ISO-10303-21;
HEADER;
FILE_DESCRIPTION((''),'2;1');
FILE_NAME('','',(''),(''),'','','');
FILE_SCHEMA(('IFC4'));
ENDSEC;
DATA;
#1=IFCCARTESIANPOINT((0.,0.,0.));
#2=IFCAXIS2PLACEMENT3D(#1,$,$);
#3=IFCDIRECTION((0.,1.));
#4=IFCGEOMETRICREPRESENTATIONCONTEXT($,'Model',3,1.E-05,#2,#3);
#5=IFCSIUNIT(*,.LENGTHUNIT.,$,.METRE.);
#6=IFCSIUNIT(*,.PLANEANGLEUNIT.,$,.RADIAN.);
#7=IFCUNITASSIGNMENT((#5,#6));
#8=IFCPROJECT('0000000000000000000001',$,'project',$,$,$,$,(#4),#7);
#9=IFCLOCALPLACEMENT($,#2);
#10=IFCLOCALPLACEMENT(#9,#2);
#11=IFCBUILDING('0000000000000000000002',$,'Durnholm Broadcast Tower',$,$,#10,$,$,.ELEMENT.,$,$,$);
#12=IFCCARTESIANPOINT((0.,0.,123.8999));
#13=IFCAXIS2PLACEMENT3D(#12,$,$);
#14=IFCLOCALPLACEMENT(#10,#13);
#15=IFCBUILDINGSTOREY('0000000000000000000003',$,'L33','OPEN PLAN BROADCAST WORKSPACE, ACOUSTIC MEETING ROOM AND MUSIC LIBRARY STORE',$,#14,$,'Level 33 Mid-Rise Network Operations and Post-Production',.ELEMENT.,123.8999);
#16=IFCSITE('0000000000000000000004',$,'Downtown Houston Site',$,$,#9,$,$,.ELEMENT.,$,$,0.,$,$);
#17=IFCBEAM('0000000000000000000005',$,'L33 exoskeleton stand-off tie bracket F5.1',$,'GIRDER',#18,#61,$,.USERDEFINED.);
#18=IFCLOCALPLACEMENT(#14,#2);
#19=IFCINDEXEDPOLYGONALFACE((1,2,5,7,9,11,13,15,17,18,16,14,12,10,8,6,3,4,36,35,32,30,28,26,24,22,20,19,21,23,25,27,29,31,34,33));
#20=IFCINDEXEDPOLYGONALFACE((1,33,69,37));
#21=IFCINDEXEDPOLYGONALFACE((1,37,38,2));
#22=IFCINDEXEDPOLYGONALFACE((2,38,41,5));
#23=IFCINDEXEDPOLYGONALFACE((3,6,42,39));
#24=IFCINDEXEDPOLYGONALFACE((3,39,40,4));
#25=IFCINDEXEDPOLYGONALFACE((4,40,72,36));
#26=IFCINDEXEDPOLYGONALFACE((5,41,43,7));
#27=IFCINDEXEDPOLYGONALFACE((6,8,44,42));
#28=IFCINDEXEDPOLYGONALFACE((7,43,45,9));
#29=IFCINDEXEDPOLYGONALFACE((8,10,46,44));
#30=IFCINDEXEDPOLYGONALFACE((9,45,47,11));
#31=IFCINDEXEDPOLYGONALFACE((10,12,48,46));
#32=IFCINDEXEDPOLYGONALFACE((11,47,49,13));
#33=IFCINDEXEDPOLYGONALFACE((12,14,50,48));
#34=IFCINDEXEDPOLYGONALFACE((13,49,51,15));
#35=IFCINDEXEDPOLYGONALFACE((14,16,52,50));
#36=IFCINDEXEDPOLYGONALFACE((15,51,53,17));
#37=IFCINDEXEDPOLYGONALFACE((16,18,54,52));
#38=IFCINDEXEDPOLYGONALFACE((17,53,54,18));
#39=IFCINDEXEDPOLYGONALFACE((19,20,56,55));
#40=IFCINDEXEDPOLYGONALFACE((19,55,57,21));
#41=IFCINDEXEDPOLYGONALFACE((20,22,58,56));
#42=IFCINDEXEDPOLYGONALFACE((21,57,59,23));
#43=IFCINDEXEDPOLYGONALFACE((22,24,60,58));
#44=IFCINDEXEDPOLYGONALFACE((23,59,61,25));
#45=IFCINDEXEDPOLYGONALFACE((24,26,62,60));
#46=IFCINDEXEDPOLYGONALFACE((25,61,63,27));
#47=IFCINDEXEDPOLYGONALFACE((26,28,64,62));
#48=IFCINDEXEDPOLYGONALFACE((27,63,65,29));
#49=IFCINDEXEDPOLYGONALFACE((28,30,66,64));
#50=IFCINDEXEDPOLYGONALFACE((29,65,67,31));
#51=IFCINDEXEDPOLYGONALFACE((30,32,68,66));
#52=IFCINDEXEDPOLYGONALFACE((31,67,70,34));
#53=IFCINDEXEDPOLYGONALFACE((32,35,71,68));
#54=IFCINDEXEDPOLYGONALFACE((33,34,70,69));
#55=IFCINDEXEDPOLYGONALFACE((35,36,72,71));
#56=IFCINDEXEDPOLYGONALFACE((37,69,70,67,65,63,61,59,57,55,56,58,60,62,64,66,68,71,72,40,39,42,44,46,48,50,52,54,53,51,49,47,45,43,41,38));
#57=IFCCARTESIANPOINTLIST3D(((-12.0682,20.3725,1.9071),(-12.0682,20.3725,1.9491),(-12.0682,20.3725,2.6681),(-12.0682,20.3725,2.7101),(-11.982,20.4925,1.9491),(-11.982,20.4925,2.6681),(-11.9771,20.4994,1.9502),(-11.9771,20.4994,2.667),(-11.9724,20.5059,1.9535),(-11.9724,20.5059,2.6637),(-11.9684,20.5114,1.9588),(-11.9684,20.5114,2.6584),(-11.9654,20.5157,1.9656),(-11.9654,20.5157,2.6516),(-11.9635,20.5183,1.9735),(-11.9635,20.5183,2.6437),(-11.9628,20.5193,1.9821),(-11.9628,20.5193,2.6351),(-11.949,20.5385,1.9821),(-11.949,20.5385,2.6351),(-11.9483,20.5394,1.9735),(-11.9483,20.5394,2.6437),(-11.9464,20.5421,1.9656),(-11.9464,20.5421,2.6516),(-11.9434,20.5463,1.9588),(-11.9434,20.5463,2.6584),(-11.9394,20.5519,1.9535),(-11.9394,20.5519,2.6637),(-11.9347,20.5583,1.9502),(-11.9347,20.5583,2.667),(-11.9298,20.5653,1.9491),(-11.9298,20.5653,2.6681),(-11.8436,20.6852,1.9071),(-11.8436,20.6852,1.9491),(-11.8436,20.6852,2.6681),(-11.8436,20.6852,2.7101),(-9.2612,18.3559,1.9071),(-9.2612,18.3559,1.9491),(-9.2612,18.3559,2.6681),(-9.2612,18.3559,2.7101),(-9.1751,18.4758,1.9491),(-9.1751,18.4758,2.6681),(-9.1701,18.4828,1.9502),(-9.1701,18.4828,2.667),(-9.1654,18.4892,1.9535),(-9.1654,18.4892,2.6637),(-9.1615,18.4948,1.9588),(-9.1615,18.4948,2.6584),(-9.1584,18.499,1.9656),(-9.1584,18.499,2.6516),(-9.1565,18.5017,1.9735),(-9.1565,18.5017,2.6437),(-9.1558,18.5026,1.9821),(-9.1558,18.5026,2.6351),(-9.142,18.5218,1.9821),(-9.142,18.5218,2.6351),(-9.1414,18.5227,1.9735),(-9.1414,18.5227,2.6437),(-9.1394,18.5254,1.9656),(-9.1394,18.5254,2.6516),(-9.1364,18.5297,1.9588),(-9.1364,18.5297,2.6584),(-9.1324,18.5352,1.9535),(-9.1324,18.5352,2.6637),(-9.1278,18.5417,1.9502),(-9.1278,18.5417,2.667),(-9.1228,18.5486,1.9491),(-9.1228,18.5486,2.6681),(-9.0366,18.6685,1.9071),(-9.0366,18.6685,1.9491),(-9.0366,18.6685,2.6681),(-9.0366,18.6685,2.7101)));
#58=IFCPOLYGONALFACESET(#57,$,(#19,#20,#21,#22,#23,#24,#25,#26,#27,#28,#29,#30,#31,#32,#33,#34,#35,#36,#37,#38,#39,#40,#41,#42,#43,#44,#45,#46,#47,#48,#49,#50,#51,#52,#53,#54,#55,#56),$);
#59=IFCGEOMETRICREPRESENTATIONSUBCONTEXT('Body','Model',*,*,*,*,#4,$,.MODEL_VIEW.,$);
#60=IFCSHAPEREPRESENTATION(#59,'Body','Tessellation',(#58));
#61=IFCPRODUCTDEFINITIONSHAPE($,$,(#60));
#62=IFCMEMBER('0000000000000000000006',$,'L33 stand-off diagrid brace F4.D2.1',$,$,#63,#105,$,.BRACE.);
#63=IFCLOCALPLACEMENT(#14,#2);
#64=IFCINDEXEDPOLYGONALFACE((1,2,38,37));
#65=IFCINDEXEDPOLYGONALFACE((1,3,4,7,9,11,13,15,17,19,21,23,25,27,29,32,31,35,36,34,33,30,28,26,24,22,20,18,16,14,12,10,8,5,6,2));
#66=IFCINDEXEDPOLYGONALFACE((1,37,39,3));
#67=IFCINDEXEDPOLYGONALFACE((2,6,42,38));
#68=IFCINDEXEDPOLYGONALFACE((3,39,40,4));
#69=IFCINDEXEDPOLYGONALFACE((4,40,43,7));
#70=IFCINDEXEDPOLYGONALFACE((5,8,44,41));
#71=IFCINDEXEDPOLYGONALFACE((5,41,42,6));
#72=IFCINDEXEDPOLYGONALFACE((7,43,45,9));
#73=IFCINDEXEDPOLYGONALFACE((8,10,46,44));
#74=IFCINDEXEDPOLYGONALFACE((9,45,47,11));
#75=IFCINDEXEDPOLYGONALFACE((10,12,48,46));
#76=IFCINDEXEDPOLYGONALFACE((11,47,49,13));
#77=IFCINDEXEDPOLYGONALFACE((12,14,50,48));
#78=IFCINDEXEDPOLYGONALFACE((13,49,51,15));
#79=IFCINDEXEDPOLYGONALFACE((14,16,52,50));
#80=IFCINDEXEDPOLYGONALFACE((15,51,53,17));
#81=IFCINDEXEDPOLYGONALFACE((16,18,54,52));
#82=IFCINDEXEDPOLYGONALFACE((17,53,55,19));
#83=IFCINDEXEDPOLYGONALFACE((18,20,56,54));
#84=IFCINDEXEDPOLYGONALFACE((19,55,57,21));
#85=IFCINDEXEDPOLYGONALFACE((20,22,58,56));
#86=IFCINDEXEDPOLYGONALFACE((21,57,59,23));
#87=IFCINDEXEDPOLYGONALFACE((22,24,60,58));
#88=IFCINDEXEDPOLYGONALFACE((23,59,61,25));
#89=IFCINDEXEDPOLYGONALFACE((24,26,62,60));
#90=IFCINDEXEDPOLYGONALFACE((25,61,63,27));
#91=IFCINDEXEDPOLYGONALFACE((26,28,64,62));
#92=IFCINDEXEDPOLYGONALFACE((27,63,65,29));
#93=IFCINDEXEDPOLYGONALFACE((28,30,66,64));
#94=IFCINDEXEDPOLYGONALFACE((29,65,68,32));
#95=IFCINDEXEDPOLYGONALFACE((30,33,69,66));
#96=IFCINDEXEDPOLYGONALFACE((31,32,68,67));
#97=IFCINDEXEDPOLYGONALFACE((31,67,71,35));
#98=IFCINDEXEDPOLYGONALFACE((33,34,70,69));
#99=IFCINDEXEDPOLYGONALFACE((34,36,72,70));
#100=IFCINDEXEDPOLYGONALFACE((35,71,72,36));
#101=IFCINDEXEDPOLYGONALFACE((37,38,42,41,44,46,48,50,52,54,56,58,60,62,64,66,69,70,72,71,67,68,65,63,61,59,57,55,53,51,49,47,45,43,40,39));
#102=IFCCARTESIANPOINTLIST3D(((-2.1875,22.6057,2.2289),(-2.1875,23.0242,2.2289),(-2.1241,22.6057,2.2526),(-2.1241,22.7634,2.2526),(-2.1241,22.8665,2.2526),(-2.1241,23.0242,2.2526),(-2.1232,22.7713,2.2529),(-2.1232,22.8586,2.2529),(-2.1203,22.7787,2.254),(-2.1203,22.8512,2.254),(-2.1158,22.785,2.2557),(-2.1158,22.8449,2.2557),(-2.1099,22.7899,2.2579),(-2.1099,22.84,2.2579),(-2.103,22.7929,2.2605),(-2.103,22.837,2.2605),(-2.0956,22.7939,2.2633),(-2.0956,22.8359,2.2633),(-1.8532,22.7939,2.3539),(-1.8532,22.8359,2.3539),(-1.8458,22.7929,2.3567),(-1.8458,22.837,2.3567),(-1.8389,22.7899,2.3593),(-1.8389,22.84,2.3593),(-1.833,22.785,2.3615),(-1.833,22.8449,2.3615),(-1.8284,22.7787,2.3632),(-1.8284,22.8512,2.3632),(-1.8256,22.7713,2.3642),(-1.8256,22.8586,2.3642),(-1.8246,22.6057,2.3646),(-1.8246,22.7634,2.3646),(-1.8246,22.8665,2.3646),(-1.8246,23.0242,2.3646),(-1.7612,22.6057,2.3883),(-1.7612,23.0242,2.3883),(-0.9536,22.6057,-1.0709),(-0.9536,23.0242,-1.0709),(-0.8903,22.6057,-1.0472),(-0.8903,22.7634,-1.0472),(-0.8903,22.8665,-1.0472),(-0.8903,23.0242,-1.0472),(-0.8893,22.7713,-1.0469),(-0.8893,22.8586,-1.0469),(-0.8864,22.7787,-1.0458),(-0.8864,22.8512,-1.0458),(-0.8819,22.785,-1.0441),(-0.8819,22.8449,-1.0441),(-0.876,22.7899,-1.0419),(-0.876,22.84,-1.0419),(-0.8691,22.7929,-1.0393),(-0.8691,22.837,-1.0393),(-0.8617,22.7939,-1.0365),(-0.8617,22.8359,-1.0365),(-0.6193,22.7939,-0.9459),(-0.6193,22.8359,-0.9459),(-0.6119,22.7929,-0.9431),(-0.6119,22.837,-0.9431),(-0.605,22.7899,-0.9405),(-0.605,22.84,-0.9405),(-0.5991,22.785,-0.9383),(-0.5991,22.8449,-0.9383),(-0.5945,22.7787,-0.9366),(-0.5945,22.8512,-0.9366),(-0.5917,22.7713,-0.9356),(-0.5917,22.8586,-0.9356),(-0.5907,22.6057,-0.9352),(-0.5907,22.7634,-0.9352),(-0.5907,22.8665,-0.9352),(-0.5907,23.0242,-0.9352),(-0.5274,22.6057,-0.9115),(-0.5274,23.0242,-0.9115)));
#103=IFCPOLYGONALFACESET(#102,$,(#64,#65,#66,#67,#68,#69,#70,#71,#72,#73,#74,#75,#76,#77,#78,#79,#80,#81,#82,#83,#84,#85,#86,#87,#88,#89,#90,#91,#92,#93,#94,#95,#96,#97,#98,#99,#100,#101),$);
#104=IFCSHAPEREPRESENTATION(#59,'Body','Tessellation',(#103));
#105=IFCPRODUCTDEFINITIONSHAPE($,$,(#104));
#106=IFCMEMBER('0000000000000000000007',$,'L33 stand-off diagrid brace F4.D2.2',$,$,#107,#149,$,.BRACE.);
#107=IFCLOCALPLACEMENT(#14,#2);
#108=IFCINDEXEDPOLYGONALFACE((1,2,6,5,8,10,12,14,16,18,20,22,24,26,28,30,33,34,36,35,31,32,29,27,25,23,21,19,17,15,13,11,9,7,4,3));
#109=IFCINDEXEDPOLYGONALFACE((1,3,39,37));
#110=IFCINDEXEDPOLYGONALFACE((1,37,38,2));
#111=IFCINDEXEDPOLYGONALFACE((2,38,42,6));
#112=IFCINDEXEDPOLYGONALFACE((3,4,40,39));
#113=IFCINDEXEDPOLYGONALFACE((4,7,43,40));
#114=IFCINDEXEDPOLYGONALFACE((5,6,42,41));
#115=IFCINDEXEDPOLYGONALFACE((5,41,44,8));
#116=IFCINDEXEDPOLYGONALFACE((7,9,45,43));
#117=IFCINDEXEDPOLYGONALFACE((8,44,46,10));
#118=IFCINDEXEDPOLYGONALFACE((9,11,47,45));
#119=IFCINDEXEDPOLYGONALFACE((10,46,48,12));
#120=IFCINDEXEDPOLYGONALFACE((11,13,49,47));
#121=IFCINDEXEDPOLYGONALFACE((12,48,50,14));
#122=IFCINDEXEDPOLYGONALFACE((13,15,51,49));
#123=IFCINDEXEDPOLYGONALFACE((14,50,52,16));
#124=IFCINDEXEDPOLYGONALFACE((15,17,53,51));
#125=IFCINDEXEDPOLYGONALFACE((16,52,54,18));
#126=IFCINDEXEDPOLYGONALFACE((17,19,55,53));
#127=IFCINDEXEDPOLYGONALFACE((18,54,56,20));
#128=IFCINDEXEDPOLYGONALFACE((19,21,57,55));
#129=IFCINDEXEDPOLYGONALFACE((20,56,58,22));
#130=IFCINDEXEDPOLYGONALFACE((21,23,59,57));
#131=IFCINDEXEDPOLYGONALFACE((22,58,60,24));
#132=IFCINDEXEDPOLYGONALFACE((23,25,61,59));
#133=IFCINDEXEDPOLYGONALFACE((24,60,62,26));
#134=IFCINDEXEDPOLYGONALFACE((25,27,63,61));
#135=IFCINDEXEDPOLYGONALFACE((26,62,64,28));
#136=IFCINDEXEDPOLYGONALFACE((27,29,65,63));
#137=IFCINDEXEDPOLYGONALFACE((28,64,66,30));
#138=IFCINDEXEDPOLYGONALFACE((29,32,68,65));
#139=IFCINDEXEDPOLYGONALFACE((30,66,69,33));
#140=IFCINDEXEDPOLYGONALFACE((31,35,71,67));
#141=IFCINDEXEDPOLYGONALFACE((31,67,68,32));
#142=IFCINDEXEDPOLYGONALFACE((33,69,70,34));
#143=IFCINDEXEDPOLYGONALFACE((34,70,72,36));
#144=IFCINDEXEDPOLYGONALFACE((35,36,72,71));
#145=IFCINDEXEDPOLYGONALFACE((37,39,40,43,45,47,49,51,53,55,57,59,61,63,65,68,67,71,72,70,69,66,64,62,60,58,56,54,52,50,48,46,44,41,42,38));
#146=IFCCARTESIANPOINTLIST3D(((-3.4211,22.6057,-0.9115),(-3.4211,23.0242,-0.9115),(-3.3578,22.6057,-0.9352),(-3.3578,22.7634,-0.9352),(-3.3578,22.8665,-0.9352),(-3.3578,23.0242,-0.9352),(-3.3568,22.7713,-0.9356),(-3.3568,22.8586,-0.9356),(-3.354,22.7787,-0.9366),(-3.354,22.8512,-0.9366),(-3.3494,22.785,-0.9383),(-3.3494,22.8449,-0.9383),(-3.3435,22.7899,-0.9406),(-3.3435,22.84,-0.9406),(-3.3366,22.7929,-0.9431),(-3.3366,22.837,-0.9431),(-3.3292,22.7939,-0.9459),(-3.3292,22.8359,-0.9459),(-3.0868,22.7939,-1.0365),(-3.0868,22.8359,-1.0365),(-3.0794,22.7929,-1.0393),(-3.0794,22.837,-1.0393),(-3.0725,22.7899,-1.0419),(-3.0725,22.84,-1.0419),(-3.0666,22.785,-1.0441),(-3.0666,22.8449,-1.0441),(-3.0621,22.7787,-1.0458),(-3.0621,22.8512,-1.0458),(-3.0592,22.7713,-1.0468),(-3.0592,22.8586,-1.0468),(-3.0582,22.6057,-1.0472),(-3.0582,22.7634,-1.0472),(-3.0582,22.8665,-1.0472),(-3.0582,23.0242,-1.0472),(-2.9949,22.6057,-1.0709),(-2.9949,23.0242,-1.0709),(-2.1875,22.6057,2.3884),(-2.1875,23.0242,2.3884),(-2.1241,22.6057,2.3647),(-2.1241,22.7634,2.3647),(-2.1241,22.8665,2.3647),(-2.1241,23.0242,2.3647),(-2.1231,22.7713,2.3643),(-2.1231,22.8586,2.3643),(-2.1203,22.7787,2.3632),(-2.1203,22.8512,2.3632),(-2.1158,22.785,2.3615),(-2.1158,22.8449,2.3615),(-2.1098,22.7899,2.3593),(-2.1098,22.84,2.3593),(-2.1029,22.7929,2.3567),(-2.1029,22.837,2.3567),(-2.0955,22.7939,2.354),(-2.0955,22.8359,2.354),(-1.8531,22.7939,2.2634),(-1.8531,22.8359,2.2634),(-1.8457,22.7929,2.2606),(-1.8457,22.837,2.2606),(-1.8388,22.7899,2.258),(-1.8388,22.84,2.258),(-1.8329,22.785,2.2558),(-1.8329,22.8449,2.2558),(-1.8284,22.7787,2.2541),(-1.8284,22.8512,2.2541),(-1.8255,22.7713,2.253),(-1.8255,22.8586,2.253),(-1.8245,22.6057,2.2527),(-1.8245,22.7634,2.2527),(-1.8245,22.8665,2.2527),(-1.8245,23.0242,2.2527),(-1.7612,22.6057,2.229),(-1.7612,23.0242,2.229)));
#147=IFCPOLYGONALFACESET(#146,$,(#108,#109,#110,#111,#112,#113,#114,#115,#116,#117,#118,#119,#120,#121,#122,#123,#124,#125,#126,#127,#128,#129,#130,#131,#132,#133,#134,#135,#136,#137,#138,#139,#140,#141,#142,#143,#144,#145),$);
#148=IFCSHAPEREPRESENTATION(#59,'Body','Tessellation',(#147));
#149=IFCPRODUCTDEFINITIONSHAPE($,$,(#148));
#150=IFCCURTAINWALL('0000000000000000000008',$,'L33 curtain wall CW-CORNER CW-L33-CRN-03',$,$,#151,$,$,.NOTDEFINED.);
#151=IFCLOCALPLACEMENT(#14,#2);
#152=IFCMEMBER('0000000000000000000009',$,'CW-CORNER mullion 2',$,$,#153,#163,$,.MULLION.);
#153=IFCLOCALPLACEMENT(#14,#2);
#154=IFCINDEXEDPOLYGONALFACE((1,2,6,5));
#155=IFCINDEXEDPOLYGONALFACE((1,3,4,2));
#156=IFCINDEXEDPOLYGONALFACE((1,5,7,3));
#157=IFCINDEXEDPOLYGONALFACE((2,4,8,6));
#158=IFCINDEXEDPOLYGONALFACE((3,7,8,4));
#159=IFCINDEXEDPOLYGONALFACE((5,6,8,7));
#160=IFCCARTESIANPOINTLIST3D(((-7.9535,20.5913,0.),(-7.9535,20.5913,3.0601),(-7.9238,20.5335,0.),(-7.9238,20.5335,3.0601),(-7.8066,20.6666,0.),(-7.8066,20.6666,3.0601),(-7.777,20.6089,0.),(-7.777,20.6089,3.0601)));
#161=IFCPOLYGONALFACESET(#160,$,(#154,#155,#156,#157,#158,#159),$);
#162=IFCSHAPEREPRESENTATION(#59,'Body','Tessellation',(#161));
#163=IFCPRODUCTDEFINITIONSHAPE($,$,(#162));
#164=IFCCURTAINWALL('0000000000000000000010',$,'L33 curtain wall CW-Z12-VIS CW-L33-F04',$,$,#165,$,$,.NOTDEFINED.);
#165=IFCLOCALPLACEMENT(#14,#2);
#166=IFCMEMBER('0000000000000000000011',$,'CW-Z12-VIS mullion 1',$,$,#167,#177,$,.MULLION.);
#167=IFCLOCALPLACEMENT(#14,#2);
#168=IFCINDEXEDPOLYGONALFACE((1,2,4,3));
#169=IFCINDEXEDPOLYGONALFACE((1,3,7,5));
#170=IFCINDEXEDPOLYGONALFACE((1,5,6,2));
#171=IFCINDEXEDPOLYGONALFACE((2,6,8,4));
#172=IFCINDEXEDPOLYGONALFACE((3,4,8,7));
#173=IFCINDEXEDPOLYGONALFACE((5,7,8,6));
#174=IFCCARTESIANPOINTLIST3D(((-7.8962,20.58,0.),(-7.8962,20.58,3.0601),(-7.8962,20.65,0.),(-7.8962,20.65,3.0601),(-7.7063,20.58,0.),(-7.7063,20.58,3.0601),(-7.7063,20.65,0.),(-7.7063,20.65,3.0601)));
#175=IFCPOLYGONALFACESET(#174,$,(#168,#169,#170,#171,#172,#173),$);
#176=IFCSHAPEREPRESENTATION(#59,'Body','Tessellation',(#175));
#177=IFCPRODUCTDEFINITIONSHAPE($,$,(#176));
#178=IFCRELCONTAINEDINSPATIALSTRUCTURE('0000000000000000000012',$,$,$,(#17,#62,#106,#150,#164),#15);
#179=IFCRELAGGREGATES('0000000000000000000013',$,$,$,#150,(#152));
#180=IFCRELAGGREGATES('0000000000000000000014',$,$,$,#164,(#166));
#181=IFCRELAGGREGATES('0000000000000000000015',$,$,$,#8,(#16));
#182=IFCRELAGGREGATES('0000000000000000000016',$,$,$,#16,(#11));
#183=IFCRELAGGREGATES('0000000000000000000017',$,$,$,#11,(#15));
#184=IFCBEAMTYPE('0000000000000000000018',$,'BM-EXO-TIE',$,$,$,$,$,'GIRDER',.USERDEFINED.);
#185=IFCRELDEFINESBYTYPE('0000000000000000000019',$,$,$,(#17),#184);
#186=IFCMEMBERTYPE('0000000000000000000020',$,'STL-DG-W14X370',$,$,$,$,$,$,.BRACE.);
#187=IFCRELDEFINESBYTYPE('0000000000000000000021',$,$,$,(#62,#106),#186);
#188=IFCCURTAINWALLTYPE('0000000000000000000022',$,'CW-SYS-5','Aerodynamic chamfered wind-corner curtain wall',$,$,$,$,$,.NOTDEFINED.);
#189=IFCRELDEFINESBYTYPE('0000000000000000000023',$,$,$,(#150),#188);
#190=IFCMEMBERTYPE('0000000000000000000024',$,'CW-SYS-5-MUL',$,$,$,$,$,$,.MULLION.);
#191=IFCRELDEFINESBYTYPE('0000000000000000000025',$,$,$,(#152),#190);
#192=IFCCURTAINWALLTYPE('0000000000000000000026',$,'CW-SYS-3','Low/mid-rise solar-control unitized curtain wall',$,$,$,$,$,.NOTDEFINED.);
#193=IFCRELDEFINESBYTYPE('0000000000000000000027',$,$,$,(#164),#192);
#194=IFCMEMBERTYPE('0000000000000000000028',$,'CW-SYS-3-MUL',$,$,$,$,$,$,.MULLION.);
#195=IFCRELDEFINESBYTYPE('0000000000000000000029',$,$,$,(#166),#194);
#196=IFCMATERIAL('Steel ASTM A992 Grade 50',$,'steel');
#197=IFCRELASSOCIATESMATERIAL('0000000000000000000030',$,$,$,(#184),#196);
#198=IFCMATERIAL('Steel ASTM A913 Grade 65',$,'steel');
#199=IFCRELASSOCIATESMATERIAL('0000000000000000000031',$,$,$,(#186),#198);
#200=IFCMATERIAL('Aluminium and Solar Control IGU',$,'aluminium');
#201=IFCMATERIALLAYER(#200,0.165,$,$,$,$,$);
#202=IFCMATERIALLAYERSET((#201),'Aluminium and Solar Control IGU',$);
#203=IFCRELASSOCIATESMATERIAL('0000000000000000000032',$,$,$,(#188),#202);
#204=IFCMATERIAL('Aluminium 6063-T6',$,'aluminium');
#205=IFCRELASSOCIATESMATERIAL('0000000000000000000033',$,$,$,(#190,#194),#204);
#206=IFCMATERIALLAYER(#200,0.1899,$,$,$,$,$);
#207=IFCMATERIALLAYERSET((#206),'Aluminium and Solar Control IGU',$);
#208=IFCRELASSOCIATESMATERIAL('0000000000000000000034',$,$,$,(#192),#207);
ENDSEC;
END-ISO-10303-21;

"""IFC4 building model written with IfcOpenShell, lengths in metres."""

from ifc_helpers import new_model, si_unit, direction, frame, origin, origin_2d, place, context, subcontext, project, spatial, rectangle, i_section, extrude, source, transform, mapped, material, layer, layer_set, material_profile, profile_set, type_object, type_shapes, element, aggregate, save


model = new_model("IFC4")

# Units and contexts
model_context = context("Model", 3, precision=1e-05, world=origin(), true_north=direction((0.0, 1.0)))
body_context = subcontext(model_context, "Body", "Model", "MODEL_VIEW")
ifc_project = project(units=[si_unit("LENGTHUNIT", "METRE"), si_unit("PLANEANGLEUNIT", "RADIAN")], contexts=[model_context])

# Site, building, storey
site_placement = place(None, origin())
site = spatial("IfcSite", under=ifc_project, at=site_placement, Name="Downtown Houston Site", CompositionType="ELEMENT", RefElevation=0.0)
building_placement = place(site_placement, origin())
building = spatial("IfcBuilding", under=site, at=building_placement, Name="Durnholm Broadcast Tower", CompositionType="ELEMENT")
storey_placement = place(building_placement, frame((0.0, 0.0, 123.8999)))
storey = spatial("IfcBuildingStorey", under=building, at=storey_placement, Name="L33", Description="OPEN PLAN BROADCAST WORKSPACE, ACOUSTIC MEETING ROOM AND MUSIC LIBRARY STORE", LongName="Level 33 Mid-Rise Network Operations and Post-Production", CompositionType="ELEMENT", Elevation=123.8999)

# Beam
ifc_material_1 = material(Name="Steel ASTM A992 Grade 50", Category="steel")
ifc_material_profile_1 = material_profile(ifc_material_1, i_section(OverallWidth=0.385, OverallDepth=0.803, WebThickness=0.0237, FlangeThickness=0.042, FilletRadius=0.033, at=origin_2d()), Name="W30X261")
ifc_profile_set_1 = profile_set([ifc_material_profile_1], Name="Steel ASTM A992 Grade 50")
beam_type_1 = type_object("IfcBeamType", Name="BM-EXO-TIE", ElementType="GIRDER", PredefinedType="USERDEFINED", material=ifc_profile_set_1)
shared_shape_1 = source(origin(), body_context, "Body", "SweptSolid", [
    extrude(i_section(OverallWidth=0.385, OverallDepth=0.803, WebThickness=0.0237, FlangeThickness=0.042, FilletRadius=0.033, at=origin_2d()), origin(), (0.0, 0.0, 1.0), 3.4563),
])
beam_1_placement = place(storey_placement, frame((-9.1489, 18.5122, 2.3086), z_axis=(-0.812131, 0.583474, 0.0), x_axis=(-0.583474, -0.812131, 0.0)))
element("IfcBeam", 1, at=beam_1_placement, inside=storey, type_object=beam_type_1, Name="L33 exoskeleton stand-off tie bracket F5.1", ObjectType="GIRDER", PredefinedType="USERDEFINED", context=body_context, shape_type="MappedRepresentation", body=[
    mapped(shared_shape_1, transform((0.0, 0.0, 0.0), x_axis=(1.0, 0.0, 0.0), y_axis=(0.0, 1.0, 0.0), z_axis=(0.0, 0.0, 1.0), scale=1.0)),
])

# Members
ifc_material_2 = material(Name="Steel ASTM A913 Grade 65", Category="steel")
ifc_material_profile_2 = material_profile(ifc_material_2, i_section(OverallWidth=0.4185, OverallDepth=0.4551, WebThickness=0.042, FlangeThickness=0.0676, FilletRadius=0.0305, at=origin_2d()), Name="W14X370")
ifc_profile_set_2 = profile_set([ifc_material_profile_2], Name="Steel ASTM A913 Grade 65")
member_type_1 = type_object("IfcMemberType", Name="STL-DG-W14X370", PredefinedType="BRACE", material=ifc_profile_set_2)
shared_shape_2 = source(origin(), body_context, "Body", "SweptSolid", [
    extrude(i_section(OverallWidth=0.4185, OverallDepth=0.4551, WebThickness=0.042, FlangeThickness=0.0676, FilletRadius=0.0305, at=origin_2d()), origin(), (0.0, 0.0, 1.0), 3.5229),
])
type_shapes(member_type_1, [shared_shape_2])
for number, where, z_axis, x_axis, name in (
    (2, (-0.7405, 22.8149, -0.9912), (-0.350242, 0.0, 0.936659), (0.0, -1.0, 0.0), "L33 stand-off diagrid brace F4.D2.1"),
    (3, (-3.208, 22.8149, -0.9912), (0.350182, 0.0, 0.936682), (0.0, 1.0, 0.0), "L33 stand-off diagrid brace F4.D2.2"),
):
    element("IfcMember", number, at=place(storey_placement, frame(where, z_axis=z_axis, x_axis=x_axis)), inside=storey, type_object=member_type_1, Name=name, PredefinedType="BRACE", context=body_context, shape_type="MappedRepresentation", body=[
        mapped(shared_shape_2, transform((0.0, 0.0, 0.0), x_axis=(1.0, 0.0, 0.0), y_axis=(0.0, 1.0, 0.0), z_axis=(0.0, 0.0, 1.0), scale=1.0)),
    ])

# Curtain walls, members
ifc_material_3 = material(Name="Aluminium and Solar Control IGU", Category="aluminium")
ifc_layer_1 = layer(ifc_material_3, 0.165)
ifc_layer_set_1 = layer_set([ifc_layer_1], Name="Aluminium and Solar Control IGU")
curtain_wall_type_1 = type_object("IfcCurtainWallType", Name="CW-SYS-5", Description="Aerodynamic chamfered wind-corner curtain wall", PredefinedType="NOTDEFINED", material=ifc_layer_set_1)
curtain_wall_1_placement = place(storey_placement, origin())
curtain_wall_1 = element("IfcCurtainWall", 4, at=curtain_wall_1_placement, inside=storey, type_object=curtain_wall_type_1, Name="L33 curtain wall CW-CORNER CW-L33-CRN-03", PredefinedType="NOTDEFINED")
ifc_material_4 = material(Name="Aluminium 6063-T6", Category="aluminium")
ifc_material_profile_3 = material_profile(ifc_material_4, rectangle(XDim=0.0649, YDim=0.165, at=origin_2d()), Name="CWM65X165")
ifc_profile_set_3 = profile_set([ifc_material_profile_3], Name="Aluminium 6063-T6")
member_type_2 = type_object("IfcMemberType", Name="CW-SYS-5-MUL", PredefinedType="MULLION", material=ifc_profile_set_3)
shared_shape_3 = source(origin(), body_context, "Body", "SweptSolid", [
    extrude(rectangle(XDim=0.0649, YDim=0.165, at=origin_2d()), origin(), (0.0, 0.0, 1.0), 3.0601),
])
type_shapes(member_type_2, [shared_shape_3])
member_1_placement = place(storey_placement, frame((-7.8652, 20.6001, 0.0), z_axis=(0.0, 0.0, 1.0), x_axis=(-0.456373, 0.889788, 0.0)))
member_1 = element("IfcMember", 5, at=member_1_placement, type_object=member_type_2, Name="CW-CORNER mullion 2", PredefinedType="MULLION", context=body_context, shape_type="MappedRepresentation", body=[
    mapped(shared_shape_3, transform((0.0, 0.0, 0.0), x_axis=(1.0, 0.0, 0.0), y_axis=(0.0, 1.0, 0.0), z_axis=(0.0, 0.0, 1.0), scale=1.0)),
])
ifc_layer_2 = layer(ifc_material_3, 0.1899)
ifc_layer_set_2 = layer_set([ifc_layer_2], Name="Aluminium and Solar Control IGU")
curtain_wall_type_2 = type_object("IfcCurtainWallType", Name="CW-SYS-3", Description="Low/mid-rise solar-control unitized curtain wall", PredefinedType="NOTDEFINED", material=ifc_layer_set_2)
curtain_wall_2_placement = place(storey_placement, origin())
curtain_wall_2 = element("IfcCurtainWall", 6, at=curtain_wall_2_placement, inside=storey, type_object=curtain_wall_type_2, Name="L33 curtain wall CW-Z12-VIS CW-L33-F04", PredefinedType="NOTDEFINED")
ifc_material_profile_4 = material_profile(ifc_material_4, rectangle(XDim=0.0701, YDim=0.1899, at=origin_2d()), Name="CWM70X190")
ifc_profile_set_4 = profile_set([ifc_material_profile_4], Name="Aluminium 6063-T6")
member_type_3 = type_object("IfcMemberType", Name="CW-SYS-3-MUL", PredefinedType="MULLION", material=ifc_profile_set_4)
shared_shape_4 = source(origin(), body_context, "Body", "SweptSolid", [
    extrude(rectangle(XDim=0.0701, YDim=0.1899, at=origin_2d()), origin(), (0.0, 0.0, 1.0), 3.0601),
])
type_shapes(member_type_3, [shared_shape_4])
member_2_placement = place(storey_placement, frame((-7.8013, 20.615, 0.0), z_axis=(0.0, 0.0, 1.0), x_axis=(0.0, 1.0, 0.0)))
member_2 = element("IfcMember", 7, at=member_2_placement, type_object=member_type_3, Name="CW-Z12-VIS mullion 1", PredefinedType="MULLION", context=body_context, shape_type="MappedRepresentation", body=[
    mapped(shared_shape_4, transform((0.0, 0.0, 0.0), x_axis=(1.0, 0.0, 0.0), y_axis=(0.0, 1.0, 0.0), z_axis=(0.0, 0.0, 1.0), scale=1.0)),
])

aggregate(curtain_wall_1, [member_1])
aggregate(curtain_wall_2, [member_2])

save(model, "model.ifc")
